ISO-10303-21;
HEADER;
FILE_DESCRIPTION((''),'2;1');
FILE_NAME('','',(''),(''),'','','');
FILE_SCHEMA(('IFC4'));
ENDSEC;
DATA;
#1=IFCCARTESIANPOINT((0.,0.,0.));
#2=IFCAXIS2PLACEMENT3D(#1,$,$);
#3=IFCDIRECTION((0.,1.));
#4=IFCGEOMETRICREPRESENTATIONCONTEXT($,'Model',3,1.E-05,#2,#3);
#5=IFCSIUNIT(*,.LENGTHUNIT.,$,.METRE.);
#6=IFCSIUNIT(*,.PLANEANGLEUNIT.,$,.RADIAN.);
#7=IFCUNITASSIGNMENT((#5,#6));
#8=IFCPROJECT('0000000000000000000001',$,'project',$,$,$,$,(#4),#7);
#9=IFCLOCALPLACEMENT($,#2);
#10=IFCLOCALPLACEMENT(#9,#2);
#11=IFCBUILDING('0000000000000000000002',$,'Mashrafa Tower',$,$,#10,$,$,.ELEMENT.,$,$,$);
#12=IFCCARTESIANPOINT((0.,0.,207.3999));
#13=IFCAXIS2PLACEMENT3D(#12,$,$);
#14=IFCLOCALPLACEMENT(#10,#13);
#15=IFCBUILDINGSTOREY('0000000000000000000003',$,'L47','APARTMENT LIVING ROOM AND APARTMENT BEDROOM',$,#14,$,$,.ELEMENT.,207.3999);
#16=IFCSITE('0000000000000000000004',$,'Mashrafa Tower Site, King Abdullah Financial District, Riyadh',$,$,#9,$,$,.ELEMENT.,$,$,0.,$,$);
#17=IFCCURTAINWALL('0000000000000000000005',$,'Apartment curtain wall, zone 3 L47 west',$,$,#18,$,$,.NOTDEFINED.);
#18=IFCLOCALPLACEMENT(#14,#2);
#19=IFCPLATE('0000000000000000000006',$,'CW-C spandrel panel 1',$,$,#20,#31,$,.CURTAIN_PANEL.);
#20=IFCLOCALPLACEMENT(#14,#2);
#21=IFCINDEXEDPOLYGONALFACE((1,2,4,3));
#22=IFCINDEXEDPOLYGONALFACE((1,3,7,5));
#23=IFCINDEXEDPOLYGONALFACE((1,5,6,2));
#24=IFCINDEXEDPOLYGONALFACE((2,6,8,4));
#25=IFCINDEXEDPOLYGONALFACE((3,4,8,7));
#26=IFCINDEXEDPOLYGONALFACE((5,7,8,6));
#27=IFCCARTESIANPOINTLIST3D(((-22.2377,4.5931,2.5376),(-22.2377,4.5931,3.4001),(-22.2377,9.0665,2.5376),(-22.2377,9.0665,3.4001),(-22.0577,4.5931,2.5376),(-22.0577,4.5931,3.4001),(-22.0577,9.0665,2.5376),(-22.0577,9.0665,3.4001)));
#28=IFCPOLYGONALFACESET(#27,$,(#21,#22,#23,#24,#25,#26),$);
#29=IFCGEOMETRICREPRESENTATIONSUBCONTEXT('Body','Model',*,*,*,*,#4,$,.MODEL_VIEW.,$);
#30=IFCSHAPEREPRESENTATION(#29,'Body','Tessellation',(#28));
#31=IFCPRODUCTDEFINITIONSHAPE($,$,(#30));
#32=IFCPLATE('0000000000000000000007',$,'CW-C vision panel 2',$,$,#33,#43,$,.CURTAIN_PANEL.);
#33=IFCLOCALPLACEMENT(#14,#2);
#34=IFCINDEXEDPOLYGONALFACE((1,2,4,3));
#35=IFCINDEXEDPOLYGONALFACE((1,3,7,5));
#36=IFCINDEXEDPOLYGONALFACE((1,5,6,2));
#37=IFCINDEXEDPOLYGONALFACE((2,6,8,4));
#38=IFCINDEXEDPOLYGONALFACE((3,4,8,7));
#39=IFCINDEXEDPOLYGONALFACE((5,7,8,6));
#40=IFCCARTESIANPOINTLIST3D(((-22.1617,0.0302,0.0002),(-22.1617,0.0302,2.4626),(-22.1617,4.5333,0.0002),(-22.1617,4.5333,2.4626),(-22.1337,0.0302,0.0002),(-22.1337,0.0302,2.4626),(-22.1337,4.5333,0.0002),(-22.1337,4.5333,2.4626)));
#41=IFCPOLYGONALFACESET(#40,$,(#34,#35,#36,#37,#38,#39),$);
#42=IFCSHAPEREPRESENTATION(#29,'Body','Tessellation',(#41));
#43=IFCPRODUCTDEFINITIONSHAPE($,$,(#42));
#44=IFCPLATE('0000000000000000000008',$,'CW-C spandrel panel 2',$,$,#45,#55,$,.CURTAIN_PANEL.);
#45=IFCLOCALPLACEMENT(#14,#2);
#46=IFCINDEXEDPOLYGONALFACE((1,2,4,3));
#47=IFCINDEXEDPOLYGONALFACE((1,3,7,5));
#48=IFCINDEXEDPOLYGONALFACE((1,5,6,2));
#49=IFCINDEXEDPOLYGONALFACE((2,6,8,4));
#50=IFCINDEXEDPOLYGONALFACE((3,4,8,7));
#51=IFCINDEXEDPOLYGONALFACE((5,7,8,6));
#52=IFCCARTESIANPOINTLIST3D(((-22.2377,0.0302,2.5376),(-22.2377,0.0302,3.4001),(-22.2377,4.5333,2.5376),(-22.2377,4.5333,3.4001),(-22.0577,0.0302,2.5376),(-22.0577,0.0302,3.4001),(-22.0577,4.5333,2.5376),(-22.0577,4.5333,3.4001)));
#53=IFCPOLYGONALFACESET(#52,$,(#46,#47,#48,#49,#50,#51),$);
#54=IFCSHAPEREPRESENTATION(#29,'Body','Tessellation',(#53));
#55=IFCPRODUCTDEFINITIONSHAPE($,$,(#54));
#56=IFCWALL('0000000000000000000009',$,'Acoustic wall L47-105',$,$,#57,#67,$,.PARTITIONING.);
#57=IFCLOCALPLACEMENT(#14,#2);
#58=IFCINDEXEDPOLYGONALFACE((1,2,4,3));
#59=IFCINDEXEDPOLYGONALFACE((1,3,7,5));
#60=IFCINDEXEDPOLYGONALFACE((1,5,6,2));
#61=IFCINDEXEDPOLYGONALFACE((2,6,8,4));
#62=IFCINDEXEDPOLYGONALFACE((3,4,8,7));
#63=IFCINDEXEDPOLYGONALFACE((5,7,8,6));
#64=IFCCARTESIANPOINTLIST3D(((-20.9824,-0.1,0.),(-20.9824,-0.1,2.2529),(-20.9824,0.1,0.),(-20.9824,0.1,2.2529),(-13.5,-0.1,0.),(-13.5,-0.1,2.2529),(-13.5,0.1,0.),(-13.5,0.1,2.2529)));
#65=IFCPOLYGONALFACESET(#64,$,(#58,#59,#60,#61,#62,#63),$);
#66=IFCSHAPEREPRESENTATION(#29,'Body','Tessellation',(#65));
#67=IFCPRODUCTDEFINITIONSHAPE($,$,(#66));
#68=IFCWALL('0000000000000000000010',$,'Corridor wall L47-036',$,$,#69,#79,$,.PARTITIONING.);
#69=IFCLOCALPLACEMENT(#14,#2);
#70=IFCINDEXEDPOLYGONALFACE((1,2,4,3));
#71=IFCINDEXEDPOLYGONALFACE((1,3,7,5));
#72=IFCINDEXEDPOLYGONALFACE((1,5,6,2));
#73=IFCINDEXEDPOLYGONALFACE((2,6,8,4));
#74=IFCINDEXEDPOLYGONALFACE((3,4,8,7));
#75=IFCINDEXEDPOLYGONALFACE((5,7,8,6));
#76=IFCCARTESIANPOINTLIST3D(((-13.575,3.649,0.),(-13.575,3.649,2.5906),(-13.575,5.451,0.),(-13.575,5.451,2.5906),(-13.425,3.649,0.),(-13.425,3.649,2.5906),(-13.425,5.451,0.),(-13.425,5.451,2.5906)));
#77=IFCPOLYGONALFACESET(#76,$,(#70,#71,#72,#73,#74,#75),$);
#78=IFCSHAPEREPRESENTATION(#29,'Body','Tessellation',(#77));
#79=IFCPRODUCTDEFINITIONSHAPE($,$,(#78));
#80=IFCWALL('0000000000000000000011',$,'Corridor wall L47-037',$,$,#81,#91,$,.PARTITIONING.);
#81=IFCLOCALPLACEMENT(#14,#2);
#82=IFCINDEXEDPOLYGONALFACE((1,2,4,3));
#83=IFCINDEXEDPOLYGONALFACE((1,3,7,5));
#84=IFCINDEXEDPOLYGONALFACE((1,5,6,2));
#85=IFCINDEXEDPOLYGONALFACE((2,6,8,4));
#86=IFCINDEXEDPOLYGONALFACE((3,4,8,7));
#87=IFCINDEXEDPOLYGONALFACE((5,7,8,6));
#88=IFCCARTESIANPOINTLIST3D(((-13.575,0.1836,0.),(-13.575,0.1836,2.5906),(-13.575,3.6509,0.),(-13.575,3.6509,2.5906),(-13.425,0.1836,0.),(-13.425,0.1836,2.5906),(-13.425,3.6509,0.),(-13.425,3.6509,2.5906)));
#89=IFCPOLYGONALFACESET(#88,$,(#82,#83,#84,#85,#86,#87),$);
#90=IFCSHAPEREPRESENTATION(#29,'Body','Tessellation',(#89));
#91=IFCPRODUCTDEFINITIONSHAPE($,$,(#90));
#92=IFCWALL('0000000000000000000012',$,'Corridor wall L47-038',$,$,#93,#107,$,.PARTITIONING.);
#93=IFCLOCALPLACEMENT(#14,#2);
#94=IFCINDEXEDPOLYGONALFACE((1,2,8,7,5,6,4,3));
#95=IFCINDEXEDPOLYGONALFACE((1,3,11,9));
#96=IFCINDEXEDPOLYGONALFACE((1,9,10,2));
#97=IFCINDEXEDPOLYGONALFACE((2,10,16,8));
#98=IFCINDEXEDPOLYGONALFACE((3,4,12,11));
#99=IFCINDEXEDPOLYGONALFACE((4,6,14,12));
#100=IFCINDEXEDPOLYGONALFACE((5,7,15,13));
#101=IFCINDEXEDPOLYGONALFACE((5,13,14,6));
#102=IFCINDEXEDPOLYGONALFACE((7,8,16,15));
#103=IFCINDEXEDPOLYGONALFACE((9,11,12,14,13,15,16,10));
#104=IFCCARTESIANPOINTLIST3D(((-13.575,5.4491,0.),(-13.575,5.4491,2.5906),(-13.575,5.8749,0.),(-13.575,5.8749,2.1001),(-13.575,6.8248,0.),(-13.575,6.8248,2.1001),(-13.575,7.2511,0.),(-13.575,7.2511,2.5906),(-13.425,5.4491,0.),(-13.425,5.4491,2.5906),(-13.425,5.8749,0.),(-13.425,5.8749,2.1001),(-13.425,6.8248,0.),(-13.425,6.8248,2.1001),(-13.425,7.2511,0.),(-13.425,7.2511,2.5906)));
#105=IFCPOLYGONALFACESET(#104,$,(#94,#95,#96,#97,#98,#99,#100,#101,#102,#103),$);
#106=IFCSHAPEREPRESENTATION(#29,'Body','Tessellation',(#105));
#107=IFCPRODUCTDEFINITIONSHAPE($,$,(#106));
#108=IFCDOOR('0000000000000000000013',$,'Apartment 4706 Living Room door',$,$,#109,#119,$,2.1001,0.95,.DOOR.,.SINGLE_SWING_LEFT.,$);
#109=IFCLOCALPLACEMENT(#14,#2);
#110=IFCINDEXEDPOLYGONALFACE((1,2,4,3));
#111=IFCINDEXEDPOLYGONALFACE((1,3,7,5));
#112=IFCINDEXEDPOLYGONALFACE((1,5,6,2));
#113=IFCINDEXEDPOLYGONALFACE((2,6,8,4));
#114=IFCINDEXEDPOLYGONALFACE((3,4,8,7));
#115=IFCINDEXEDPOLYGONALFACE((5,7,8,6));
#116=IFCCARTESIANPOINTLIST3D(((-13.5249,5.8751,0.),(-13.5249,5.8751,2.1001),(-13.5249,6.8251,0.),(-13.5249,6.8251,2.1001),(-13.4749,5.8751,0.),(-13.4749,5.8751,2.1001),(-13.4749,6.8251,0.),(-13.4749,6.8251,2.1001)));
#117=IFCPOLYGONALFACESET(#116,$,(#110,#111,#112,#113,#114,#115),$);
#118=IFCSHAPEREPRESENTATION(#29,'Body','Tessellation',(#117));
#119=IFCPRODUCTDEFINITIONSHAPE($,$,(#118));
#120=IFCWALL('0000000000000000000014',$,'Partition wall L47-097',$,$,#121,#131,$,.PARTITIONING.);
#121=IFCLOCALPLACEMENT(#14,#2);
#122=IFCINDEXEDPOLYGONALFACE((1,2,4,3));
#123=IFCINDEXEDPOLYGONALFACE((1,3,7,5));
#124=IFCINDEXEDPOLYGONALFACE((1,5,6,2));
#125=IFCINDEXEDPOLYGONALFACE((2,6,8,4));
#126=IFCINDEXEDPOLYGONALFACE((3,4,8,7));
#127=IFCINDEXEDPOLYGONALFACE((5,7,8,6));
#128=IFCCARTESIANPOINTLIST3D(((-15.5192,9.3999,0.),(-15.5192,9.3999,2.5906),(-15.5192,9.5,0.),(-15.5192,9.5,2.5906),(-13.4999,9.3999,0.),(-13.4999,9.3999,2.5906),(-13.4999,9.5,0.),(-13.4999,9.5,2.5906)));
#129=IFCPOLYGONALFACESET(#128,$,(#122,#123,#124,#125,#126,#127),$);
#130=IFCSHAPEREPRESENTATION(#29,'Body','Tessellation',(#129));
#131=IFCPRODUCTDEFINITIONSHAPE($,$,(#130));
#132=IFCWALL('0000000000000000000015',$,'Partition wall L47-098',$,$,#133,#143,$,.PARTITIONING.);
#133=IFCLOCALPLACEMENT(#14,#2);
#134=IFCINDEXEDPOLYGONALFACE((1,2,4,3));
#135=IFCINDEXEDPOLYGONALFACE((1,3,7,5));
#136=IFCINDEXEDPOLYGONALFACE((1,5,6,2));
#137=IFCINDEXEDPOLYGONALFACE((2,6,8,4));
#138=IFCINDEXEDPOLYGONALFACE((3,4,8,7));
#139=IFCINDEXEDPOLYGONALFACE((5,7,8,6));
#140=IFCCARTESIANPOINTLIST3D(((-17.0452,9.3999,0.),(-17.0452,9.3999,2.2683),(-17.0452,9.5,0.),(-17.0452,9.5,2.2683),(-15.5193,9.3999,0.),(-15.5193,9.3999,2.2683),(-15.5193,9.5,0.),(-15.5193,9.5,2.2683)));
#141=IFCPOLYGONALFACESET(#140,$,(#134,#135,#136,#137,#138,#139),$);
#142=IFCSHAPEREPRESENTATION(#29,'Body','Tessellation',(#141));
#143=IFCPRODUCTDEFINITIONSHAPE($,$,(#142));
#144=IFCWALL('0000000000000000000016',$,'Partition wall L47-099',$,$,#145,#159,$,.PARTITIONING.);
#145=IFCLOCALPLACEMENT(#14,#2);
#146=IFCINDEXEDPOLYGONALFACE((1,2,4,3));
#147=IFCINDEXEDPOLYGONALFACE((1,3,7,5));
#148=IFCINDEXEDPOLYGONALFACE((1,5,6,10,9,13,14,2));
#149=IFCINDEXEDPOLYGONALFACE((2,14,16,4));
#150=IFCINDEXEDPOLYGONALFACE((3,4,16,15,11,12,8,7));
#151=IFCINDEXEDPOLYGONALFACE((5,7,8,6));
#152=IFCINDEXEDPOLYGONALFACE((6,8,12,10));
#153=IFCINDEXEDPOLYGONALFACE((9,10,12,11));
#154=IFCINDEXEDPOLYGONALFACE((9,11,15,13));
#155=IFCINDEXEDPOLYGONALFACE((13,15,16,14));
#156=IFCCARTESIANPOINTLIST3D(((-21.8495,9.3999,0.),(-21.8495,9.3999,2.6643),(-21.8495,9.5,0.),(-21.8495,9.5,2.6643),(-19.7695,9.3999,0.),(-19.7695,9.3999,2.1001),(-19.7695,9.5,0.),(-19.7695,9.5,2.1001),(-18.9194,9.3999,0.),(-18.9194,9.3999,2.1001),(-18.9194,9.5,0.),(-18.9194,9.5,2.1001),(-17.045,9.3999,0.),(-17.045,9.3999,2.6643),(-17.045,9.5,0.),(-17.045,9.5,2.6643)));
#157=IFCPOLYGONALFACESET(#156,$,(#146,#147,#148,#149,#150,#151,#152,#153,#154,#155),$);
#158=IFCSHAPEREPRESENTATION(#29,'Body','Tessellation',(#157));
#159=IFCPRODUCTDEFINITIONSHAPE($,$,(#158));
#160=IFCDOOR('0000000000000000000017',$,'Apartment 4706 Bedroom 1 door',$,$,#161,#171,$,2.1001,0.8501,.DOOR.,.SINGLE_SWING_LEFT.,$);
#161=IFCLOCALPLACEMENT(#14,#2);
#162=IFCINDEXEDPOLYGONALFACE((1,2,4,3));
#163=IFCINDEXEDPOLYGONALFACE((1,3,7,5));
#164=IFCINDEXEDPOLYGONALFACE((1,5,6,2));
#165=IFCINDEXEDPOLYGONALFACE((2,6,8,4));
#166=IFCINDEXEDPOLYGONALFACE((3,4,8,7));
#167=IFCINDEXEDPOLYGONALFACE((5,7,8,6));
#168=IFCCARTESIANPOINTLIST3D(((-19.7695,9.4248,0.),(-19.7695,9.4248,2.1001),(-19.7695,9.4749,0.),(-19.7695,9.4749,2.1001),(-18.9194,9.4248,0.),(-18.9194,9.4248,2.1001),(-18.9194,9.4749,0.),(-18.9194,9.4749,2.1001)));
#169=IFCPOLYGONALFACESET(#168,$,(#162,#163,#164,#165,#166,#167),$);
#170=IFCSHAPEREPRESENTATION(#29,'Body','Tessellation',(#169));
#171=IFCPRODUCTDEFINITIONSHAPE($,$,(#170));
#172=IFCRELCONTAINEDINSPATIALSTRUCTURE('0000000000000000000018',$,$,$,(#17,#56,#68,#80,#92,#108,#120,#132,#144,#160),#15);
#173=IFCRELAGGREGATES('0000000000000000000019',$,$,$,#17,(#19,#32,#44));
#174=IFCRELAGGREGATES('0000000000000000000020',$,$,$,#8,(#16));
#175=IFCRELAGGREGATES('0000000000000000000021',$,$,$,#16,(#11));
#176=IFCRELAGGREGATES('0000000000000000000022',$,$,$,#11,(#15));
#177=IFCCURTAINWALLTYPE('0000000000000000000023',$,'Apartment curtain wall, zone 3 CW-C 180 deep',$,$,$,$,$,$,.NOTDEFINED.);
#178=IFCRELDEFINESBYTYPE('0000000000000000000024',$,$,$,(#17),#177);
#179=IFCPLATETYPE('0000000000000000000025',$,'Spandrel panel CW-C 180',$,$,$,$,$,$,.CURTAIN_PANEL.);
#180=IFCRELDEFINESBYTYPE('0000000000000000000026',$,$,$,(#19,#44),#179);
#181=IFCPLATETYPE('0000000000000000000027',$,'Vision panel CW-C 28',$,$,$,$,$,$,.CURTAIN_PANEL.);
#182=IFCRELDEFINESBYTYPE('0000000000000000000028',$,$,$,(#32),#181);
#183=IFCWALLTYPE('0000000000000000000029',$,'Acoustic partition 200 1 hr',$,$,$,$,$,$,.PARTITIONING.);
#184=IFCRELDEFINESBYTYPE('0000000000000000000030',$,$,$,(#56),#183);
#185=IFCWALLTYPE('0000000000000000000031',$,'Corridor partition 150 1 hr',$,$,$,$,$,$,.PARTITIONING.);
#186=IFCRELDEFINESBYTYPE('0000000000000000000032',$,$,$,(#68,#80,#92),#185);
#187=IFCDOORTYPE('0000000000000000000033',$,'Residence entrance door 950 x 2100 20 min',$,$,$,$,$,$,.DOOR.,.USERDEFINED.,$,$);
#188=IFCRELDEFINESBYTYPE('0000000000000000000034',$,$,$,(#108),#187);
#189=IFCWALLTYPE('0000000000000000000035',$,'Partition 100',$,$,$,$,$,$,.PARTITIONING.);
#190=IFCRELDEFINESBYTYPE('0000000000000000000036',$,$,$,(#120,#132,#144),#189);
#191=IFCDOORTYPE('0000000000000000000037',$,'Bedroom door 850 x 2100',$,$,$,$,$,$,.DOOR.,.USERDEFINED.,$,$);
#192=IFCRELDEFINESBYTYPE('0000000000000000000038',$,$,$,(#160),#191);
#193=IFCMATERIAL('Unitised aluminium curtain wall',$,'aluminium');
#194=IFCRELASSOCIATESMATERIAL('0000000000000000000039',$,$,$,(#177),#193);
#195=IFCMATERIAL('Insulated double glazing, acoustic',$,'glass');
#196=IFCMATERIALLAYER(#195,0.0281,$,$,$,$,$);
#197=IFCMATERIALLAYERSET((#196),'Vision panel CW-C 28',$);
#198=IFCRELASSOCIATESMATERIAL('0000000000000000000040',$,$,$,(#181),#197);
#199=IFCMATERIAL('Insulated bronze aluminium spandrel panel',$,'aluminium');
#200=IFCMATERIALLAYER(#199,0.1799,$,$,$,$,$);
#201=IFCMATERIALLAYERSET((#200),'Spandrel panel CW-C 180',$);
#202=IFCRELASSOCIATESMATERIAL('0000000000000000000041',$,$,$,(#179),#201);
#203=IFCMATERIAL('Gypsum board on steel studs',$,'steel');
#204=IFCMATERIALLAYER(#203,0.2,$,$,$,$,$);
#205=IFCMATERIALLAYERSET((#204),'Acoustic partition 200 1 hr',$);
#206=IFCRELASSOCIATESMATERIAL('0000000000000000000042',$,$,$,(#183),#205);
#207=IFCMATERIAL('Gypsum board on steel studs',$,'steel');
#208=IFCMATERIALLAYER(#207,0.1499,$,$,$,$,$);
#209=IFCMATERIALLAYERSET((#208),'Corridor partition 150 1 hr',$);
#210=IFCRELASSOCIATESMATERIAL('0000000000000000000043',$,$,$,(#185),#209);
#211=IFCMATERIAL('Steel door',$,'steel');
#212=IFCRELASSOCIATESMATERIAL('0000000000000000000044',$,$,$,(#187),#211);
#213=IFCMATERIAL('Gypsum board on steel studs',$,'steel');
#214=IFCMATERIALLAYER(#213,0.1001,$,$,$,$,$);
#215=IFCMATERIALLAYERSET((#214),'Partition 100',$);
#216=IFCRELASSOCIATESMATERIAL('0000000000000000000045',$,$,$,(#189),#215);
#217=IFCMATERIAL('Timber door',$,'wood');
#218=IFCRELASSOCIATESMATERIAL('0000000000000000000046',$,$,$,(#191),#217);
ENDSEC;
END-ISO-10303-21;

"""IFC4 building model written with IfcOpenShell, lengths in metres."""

from ifc_helpers import new_model, si_unit, direction, frame, frame_2d, origin, origin_2d, place, context, subcontext, project, spatial, rectangle, extrude, source, transform, mapped, material, layer, layer_set, type_object, type_shapes, element, fill, aggregate, save


model = new_model("IFC4")

# Units and contexts
model_context = context("Model", 3, precision=1e-05, world=origin(), true_north=direction((0.0, 1.0)))
body_context = subcontext(model_context, "Body", "Model", "MODEL_VIEW")
ifc_project = project(units=[si_unit("LENGTHUNIT", "METRE"), si_unit("PLANEANGLEUNIT", "RADIAN")], contexts=[model_context])

# Site, building, storey
site_placement = place(None, origin())
site = spatial("IfcSite", under=ifc_project, at=site_placement, Name="Mashrafa Tower Site, King Abdullah Financial District, Riyadh", CompositionType="ELEMENT", RefElevation=0.0)
building_placement = place(site_placement, origin())
building = spatial("IfcBuilding", under=site, at=building_placement, Name="Mashrafa Tower", CompositionType="ELEMENT")
storey_placement = place(building_placement, frame((0.0, 0.0, 207.3999)))
storey = spatial("IfcBuildingStorey", under=building, at=storey_placement, Name="L47", Description="APARTMENT LIVING ROOM AND APARTMENT BEDROOM", CompositionType="ELEMENT", Elevation=207.3999)

# Shared definitions
ifc_material_1 = material(Name="Unitised aluminium curtain wall", Category="aluminium")
curtain_wall_type = type_object("IfcCurtainWallType", Name="Apartment curtain wall, zone 3 CW-C 180 deep", PredefinedType="NOTDEFINED", material=ifc_material_1)

# Curtain wall, plates
curtain_wall_1_placement = place(storey_placement, origin())
curtain_wall_1 = element("IfcCurtainWall", 1, at=curtain_wall_1_placement, inside=storey, type_object=curtain_wall_type, Name="Apartment curtain wall, zone 3 L47 west", PredefinedType="NOTDEFINED")
ifc_material_2 = material(Name="Insulated double glazing, acoustic", Category="glass")
ifc_layer_1 = layer(ifc_material_2, 0.0281)
ifc_layer_set_1 = layer_set([ifc_layer_1], Name="Vision panel CW-C 28")
plate_type_1 = type_object("IfcPlateType", Name="Vision panel CW-C 28", PredefinedType="CURTAIN_PANEL", material=ifc_layer_set_1)
ifc_material_3 = material(Name="Insulated bronze aluminium spandrel panel", Category="aluminium")
ifc_layer_2 = layer(ifc_material_3, 0.1799)
ifc_layer_set_2 = layer_set([ifc_layer_2], Name="Spandrel panel CW-C 180")
plate_type_2 = type_object("IfcPlateType", Name="Spandrel panel CW-C 180", PredefinedType="CURTAIN_PANEL", material=ifc_layer_set_2)
shared_shape_1 = source(origin(), body_context, "Body", "SweptSolid", [
    extrude(rectangle(XDim=4.4734, YDim=0.1799, at=origin_2d()), origin(), (0.0, 0.0, 1.0), 0.8625),
])
plate_1_placement = place(storey_placement, frame((-22.1477, 6.8298, 2.5376), z_axis=(0.0, 0.0, 1.0), x_axis=(0.0, -1.0, 0.0)))
plate_1 = element("IfcPlate", 2, at=plate_1_placement, type_object=plate_type_2, Name="CW-C spandrel panel 1", PredefinedType="CURTAIN_PANEL", context=body_context, shape_type="MappedRepresentation", body=[
    mapped(shared_shape_1, transform((0.0, 0.0, 0.0))),
])
shared_shape_2 = source(origin(), body_context, "Body", "SweptSolid", [
    extrude(rectangle(XDim=4.5032, YDim=0.0281, at=origin_2d()), origin(), (0.0, 0.0, 1.0), 2.4624),
])
plate_2_placement = place(storey_placement, frame((-22.1477, 2.2817, 0.0002), z_axis=(0.0, 0.0, 1.0), x_axis=(0.0, -1.0, 0.0)))
plate_2 = element("IfcPlate", 3, at=plate_2_placement, type_object=plate_type_1, Name="CW-C vision panel 2", PredefinedType="CURTAIN_PANEL", context=body_context, shape_type="MappedRepresentation", body=[
    mapped(shared_shape_2, transform((0.0, 0.0, 0.0))),
])
shared_shape_3 = source(origin(), body_context, "Body", "SweptSolid", [
    extrude(rectangle(XDim=4.5032, YDim=0.1799, at=origin_2d()), origin(), (0.0, 0.0, 1.0), 0.8625),
])
type_shapes(plate_type_2, [shared_shape_1, shared_shape_3])
plate_3_placement = place(storey_placement, frame((-22.1477, 2.2817, 2.5376), z_axis=(0.0, 0.0, 1.0), x_axis=(0.0, -1.0, 0.0)))
plate_3 = element("IfcPlate", 4, at=plate_3_placement, type_object=plate_type_2, Name="CW-C spandrel panel 2", PredefinedType="CURTAIN_PANEL", context=body_context, shape_type="MappedRepresentation", body=[
    mapped(shared_shape_3, transform((0.0, 0.0, 0.0))),
])
aggregate(curtain_wall_1, [plate_1, plate_2, plate_3])

# Walls
ifc_material_4 = material(Name="Gypsum board on steel studs", Category="steel")
ifc_layer_3 = layer(ifc_material_4, 0.2)
ifc_layer_set_3 = layer_set([ifc_layer_3], Name="Acoustic partition 200 1 hr")
wall_type_1 = type_object("IfcWallType", Name="Acoustic partition 200 1 hr", PredefinedType="PARTITIONING", material=ifc_layer_set_3)
wall_1_placement = place(storey_placement, frame((-20.9824, 0.0, 0.0), z_axis=(0.0, 0.0, 1.0), x_axis=(1.0, 0.0, 0.0)))
element("IfcWall", 5, at=wall_1_placement, inside=storey, type_object=wall_type_1, Name="Acoustic wall L47-105", PredefinedType="PARTITIONING", context=body_context, shape_type="SweptSolid", body=[
    extrude(rectangle(XDim=7.4824, YDim=0.2, at=frame_2d((3.7412, 0.0))), origin(), (0.0, 0.0, 1.0), 2.2529),
])
ifc_material_5 = material(Name="Gypsum board on steel studs", Category="steel")
ifc_layer_4 = layer(ifc_material_5, 0.1499)
ifc_layer_set_4 = layer_set([ifc_layer_4], Name="Corridor partition 150 1 hr")
wall_type_2 = type_object("IfcWallType", Name="Corridor partition 150 1 hr", PredefinedType="PARTITIONING", material=ifc_layer_set_4)
wall_2_placement = place(storey_placement, frame((-13.5, 5.4509, 0.0), z_axis=(0.0, 0.0, 1.0), x_axis=(0.0, -1.0, 0.0)))
element("IfcWall", 6, at=wall_2_placement, inside=storey, type_object=wall_type_2, Name="Corridor wall L47-036", PredefinedType="PARTITIONING", context=body_context, shape_type="SweptSolid", body=[
    extrude(rectangle(XDim=1.802, YDim=0.1499, at=frame_2d((0.9009, 0.0))), origin(), (0.0, 0.0, 1.0), 2.5906),
])
wall_3_placement = place(storey_placement, frame((-13.5, 3.6509, 0.0), z_axis=(0.0, 0.0, 1.0), x_axis=(0.0, -1.0, 0.0)))
element("IfcWall", 7, at=wall_3_placement, inside=storey, type_object=wall_type_2, Name="Corridor wall L47-037", PredefinedType="PARTITIONING", context=body_context, shape_type="SweptSolid", body=[
    extrude(rectangle(XDim=3.4673, YDim=0.1499, at=frame_2d((1.7336, 0.0))), origin(), (0.0, 0.0, 1.0), 2.5906),
])

# Wall, opening, door
wall_4_placement = place(storey_placement, frame((-13.5, 7.251, 0.0), z_axis=(0.0, 0.0, 1.0), x_axis=(0.0, -1.0, 0.0)))
wall_4 = element("IfcWall", 8, at=wall_4_placement, inside=storey, type_object=wall_type_2, Name="Corridor wall L47-038", PredefinedType="PARTITIONING", context=body_context, shape_type="SweptSolid", body=[
    extrude(rectangle(XDim=1.802, YDim=0.1499, at=frame_2d((0.9009, 0.0))), origin(), (0.0, 0.0, 1.0), 2.5906),
])
opening_1_placement = place(wall_4_placement, frame((0.426, 0.0, 0.0)))
opening_1 = element("IfcOpeningElement", 9, at=opening_1_placement, cuts=wall_4, PredefinedType="OPENING", context=body_context, shape_type="SweptSolid", body=[
    extrude(rectangle(XDim=0.95, YDim=2.1001, at=frame_2d((0.4751, 1.05))), frame((0.0, 0.085, 0.0), z_axis=(0.0, -1.0, 0.0), x_axis=(1.0, 0.0, 0.0)), (0.0, 0.0, 1.0), 0.1699),
])
ifc_material_6 = material(Name="Steel door", Category="steel")
door_type_1 = type_object("IfcDoorType", Name="Residence entrance door 950 x 2100 20 min", OperationType="USERDEFINED", PredefinedType="DOOR", material=ifc_material_6)
door_1_placement = place(opening_1_placement, frame((0.95, 0.0, 0.0), z_axis=(0.0, 0.0, 1.0), x_axis=(-1.0, 0.0, 0.0)))
door_1 = element("IfcDoor", 10, at=door_1_placement, inside=storey, type_object=door_type_1, Name="Apartment 4706 Living Room door", OperationType="SINGLE_SWING_LEFT", OverallHeight=2.1001, OverallWidth=0.95, PredefinedType="DOOR", context=body_context, shape_type="SweptSolid", body=[
    extrude(rectangle(XDim=0.95, YDim=2.1001, at=frame_2d((0.4751, 1.05))), frame((0.0, 0.0249, 0.0), z_axis=(0.0, -1.0, 0.0), x_axis=(1.0, 0.0, 0.0)), (0.0, 0.0, 1.0), 0.05),
])
fill(opening_1, door_1)

# Walls
ifc_material_7 = material(Name="Gypsum board on steel studs", Category="steel")
ifc_layer_5 = layer(ifc_material_7, 0.1001)
ifc_layer_set_5 = layer_set([ifc_layer_5], Name="Partition 100")
wall_type_3 = type_object("IfcWallType", Name="Partition 100", PredefinedType="PARTITIONING", material=ifc_layer_set_5)
wall_5_placement = place(storey_placement, frame((-15.5193, 9.45, 0.0), z_axis=(0.0, 0.0, 1.0), x_axis=(1.0, 0.0, 0.0)))
element("IfcWall", 11, at=wall_5_placement, inside=storey, type_object=wall_type_3, Name="Partition wall L47-097", PredefinedType="PARTITIONING", context=body_context, shape_type="SweptSolid", body=[
    extrude(rectangle(XDim=2.0193, YDim=0.1001, at=frame_2d((1.0098, 0.0))), origin(), (0.0, 0.0, 1.0), 2.5906),
])
wall_6_placement = place(storey_placement, frame((-15.5193, 9.45, 0.0), z_axis=(0.0, 0.0, 1.0), x_axis=(-1.0, 0.0, 0.0)))
element("IfcWall", 12, at=wall_6_placement, inside=storey, type_object=wall_type_3, Name="Partition wall L47-098", PredefinedType="PARTITIONING", context=body_context, shape_type="SweptSolid", body=[
    extrude(rectangle(XDim=1.5259, YDim=0.1001, at=frame_2d((0.7629, 0.0))), origin(), (0.0, 0.0, 1.0), 2.2683),
])

# Wall, opening, door
wall_7_placement = place(storey_placement, frame((-21.8496, 9.45, 0.0), z_axis=(0.0, 0.0, 1.0), x_axis=(1.0, 0.0, 0.0)))
wall_7 = element("IfcWall", 13, at=wall_7_placement, inside=storey, type_object=wall_type_3, Name="Partition wall L47-099", PredefinedType="PARTITIONING", context=body_context, shape_type="SweptSolid", body=[
    extrude(rectangle(XDim=4.8044, YDim=0.1001, at=frame_2d((2.4023, 0.0))), origin(), (0.0, 0.0, 1.0), 2.6643),
])
opening_2_placement = place(wall_7_placement, frame((2.0801, 0.0, 0.0)))
opening_2 = element("IfcOpeningElement", 14, at=opening_2_placement, cuts=wall_7, PredefinedType="OPENING", context=body_context, shape_type="SweptSolid", body=[
    extrude(rectangle(XDim=0.8501, YDim=2.1001, at=frame_2d((0.425, 1.05))), frame((0.0, 0.0601, 0.0), z_axis=(0.0, -1.0, 0.0), x_axis=(1.0, 0.0, 0.0)), (0.0, 0.0, 1.0), 0.1201),
])
ifc_material_8 = material(Name="Timber door", Category="wood")
door_type_2 = type_object("IfcDoorType", Name="Bedroom door 850 x 2100", OperationType="USERDEFINED", PredefinedType="DOOR", material=ifc_material_8)
door_2_placement = place(opening_2_placement, origin())
door_2 = element("IfcDoor", 15, at=door_2_placement, inside=storey, type_object=door_type_2, Name="Apartment 4706 Bedroom 1 door", OperationType="SINGLE_SWING_LEFT", OverallHeight=2.1001, OverallWidth=0.8501, PredefinedType="DOOR", context=body_context, shape_type="SweptSolid", body=[
    extrude(rectangle(XDim=0.8501, YDim=2.1001, at=frame_2d((0.425, 1.05))), frame((0.0, 0.0249, 0.0), z_axis=(0.0, -1.0, 0.0), x_axis=(1.0, 0.0, 0.0)), (0.0, 0.0, 1.0), 0.05),
])
fill(opening_2, door_2)

save(model, "model.ifc")
